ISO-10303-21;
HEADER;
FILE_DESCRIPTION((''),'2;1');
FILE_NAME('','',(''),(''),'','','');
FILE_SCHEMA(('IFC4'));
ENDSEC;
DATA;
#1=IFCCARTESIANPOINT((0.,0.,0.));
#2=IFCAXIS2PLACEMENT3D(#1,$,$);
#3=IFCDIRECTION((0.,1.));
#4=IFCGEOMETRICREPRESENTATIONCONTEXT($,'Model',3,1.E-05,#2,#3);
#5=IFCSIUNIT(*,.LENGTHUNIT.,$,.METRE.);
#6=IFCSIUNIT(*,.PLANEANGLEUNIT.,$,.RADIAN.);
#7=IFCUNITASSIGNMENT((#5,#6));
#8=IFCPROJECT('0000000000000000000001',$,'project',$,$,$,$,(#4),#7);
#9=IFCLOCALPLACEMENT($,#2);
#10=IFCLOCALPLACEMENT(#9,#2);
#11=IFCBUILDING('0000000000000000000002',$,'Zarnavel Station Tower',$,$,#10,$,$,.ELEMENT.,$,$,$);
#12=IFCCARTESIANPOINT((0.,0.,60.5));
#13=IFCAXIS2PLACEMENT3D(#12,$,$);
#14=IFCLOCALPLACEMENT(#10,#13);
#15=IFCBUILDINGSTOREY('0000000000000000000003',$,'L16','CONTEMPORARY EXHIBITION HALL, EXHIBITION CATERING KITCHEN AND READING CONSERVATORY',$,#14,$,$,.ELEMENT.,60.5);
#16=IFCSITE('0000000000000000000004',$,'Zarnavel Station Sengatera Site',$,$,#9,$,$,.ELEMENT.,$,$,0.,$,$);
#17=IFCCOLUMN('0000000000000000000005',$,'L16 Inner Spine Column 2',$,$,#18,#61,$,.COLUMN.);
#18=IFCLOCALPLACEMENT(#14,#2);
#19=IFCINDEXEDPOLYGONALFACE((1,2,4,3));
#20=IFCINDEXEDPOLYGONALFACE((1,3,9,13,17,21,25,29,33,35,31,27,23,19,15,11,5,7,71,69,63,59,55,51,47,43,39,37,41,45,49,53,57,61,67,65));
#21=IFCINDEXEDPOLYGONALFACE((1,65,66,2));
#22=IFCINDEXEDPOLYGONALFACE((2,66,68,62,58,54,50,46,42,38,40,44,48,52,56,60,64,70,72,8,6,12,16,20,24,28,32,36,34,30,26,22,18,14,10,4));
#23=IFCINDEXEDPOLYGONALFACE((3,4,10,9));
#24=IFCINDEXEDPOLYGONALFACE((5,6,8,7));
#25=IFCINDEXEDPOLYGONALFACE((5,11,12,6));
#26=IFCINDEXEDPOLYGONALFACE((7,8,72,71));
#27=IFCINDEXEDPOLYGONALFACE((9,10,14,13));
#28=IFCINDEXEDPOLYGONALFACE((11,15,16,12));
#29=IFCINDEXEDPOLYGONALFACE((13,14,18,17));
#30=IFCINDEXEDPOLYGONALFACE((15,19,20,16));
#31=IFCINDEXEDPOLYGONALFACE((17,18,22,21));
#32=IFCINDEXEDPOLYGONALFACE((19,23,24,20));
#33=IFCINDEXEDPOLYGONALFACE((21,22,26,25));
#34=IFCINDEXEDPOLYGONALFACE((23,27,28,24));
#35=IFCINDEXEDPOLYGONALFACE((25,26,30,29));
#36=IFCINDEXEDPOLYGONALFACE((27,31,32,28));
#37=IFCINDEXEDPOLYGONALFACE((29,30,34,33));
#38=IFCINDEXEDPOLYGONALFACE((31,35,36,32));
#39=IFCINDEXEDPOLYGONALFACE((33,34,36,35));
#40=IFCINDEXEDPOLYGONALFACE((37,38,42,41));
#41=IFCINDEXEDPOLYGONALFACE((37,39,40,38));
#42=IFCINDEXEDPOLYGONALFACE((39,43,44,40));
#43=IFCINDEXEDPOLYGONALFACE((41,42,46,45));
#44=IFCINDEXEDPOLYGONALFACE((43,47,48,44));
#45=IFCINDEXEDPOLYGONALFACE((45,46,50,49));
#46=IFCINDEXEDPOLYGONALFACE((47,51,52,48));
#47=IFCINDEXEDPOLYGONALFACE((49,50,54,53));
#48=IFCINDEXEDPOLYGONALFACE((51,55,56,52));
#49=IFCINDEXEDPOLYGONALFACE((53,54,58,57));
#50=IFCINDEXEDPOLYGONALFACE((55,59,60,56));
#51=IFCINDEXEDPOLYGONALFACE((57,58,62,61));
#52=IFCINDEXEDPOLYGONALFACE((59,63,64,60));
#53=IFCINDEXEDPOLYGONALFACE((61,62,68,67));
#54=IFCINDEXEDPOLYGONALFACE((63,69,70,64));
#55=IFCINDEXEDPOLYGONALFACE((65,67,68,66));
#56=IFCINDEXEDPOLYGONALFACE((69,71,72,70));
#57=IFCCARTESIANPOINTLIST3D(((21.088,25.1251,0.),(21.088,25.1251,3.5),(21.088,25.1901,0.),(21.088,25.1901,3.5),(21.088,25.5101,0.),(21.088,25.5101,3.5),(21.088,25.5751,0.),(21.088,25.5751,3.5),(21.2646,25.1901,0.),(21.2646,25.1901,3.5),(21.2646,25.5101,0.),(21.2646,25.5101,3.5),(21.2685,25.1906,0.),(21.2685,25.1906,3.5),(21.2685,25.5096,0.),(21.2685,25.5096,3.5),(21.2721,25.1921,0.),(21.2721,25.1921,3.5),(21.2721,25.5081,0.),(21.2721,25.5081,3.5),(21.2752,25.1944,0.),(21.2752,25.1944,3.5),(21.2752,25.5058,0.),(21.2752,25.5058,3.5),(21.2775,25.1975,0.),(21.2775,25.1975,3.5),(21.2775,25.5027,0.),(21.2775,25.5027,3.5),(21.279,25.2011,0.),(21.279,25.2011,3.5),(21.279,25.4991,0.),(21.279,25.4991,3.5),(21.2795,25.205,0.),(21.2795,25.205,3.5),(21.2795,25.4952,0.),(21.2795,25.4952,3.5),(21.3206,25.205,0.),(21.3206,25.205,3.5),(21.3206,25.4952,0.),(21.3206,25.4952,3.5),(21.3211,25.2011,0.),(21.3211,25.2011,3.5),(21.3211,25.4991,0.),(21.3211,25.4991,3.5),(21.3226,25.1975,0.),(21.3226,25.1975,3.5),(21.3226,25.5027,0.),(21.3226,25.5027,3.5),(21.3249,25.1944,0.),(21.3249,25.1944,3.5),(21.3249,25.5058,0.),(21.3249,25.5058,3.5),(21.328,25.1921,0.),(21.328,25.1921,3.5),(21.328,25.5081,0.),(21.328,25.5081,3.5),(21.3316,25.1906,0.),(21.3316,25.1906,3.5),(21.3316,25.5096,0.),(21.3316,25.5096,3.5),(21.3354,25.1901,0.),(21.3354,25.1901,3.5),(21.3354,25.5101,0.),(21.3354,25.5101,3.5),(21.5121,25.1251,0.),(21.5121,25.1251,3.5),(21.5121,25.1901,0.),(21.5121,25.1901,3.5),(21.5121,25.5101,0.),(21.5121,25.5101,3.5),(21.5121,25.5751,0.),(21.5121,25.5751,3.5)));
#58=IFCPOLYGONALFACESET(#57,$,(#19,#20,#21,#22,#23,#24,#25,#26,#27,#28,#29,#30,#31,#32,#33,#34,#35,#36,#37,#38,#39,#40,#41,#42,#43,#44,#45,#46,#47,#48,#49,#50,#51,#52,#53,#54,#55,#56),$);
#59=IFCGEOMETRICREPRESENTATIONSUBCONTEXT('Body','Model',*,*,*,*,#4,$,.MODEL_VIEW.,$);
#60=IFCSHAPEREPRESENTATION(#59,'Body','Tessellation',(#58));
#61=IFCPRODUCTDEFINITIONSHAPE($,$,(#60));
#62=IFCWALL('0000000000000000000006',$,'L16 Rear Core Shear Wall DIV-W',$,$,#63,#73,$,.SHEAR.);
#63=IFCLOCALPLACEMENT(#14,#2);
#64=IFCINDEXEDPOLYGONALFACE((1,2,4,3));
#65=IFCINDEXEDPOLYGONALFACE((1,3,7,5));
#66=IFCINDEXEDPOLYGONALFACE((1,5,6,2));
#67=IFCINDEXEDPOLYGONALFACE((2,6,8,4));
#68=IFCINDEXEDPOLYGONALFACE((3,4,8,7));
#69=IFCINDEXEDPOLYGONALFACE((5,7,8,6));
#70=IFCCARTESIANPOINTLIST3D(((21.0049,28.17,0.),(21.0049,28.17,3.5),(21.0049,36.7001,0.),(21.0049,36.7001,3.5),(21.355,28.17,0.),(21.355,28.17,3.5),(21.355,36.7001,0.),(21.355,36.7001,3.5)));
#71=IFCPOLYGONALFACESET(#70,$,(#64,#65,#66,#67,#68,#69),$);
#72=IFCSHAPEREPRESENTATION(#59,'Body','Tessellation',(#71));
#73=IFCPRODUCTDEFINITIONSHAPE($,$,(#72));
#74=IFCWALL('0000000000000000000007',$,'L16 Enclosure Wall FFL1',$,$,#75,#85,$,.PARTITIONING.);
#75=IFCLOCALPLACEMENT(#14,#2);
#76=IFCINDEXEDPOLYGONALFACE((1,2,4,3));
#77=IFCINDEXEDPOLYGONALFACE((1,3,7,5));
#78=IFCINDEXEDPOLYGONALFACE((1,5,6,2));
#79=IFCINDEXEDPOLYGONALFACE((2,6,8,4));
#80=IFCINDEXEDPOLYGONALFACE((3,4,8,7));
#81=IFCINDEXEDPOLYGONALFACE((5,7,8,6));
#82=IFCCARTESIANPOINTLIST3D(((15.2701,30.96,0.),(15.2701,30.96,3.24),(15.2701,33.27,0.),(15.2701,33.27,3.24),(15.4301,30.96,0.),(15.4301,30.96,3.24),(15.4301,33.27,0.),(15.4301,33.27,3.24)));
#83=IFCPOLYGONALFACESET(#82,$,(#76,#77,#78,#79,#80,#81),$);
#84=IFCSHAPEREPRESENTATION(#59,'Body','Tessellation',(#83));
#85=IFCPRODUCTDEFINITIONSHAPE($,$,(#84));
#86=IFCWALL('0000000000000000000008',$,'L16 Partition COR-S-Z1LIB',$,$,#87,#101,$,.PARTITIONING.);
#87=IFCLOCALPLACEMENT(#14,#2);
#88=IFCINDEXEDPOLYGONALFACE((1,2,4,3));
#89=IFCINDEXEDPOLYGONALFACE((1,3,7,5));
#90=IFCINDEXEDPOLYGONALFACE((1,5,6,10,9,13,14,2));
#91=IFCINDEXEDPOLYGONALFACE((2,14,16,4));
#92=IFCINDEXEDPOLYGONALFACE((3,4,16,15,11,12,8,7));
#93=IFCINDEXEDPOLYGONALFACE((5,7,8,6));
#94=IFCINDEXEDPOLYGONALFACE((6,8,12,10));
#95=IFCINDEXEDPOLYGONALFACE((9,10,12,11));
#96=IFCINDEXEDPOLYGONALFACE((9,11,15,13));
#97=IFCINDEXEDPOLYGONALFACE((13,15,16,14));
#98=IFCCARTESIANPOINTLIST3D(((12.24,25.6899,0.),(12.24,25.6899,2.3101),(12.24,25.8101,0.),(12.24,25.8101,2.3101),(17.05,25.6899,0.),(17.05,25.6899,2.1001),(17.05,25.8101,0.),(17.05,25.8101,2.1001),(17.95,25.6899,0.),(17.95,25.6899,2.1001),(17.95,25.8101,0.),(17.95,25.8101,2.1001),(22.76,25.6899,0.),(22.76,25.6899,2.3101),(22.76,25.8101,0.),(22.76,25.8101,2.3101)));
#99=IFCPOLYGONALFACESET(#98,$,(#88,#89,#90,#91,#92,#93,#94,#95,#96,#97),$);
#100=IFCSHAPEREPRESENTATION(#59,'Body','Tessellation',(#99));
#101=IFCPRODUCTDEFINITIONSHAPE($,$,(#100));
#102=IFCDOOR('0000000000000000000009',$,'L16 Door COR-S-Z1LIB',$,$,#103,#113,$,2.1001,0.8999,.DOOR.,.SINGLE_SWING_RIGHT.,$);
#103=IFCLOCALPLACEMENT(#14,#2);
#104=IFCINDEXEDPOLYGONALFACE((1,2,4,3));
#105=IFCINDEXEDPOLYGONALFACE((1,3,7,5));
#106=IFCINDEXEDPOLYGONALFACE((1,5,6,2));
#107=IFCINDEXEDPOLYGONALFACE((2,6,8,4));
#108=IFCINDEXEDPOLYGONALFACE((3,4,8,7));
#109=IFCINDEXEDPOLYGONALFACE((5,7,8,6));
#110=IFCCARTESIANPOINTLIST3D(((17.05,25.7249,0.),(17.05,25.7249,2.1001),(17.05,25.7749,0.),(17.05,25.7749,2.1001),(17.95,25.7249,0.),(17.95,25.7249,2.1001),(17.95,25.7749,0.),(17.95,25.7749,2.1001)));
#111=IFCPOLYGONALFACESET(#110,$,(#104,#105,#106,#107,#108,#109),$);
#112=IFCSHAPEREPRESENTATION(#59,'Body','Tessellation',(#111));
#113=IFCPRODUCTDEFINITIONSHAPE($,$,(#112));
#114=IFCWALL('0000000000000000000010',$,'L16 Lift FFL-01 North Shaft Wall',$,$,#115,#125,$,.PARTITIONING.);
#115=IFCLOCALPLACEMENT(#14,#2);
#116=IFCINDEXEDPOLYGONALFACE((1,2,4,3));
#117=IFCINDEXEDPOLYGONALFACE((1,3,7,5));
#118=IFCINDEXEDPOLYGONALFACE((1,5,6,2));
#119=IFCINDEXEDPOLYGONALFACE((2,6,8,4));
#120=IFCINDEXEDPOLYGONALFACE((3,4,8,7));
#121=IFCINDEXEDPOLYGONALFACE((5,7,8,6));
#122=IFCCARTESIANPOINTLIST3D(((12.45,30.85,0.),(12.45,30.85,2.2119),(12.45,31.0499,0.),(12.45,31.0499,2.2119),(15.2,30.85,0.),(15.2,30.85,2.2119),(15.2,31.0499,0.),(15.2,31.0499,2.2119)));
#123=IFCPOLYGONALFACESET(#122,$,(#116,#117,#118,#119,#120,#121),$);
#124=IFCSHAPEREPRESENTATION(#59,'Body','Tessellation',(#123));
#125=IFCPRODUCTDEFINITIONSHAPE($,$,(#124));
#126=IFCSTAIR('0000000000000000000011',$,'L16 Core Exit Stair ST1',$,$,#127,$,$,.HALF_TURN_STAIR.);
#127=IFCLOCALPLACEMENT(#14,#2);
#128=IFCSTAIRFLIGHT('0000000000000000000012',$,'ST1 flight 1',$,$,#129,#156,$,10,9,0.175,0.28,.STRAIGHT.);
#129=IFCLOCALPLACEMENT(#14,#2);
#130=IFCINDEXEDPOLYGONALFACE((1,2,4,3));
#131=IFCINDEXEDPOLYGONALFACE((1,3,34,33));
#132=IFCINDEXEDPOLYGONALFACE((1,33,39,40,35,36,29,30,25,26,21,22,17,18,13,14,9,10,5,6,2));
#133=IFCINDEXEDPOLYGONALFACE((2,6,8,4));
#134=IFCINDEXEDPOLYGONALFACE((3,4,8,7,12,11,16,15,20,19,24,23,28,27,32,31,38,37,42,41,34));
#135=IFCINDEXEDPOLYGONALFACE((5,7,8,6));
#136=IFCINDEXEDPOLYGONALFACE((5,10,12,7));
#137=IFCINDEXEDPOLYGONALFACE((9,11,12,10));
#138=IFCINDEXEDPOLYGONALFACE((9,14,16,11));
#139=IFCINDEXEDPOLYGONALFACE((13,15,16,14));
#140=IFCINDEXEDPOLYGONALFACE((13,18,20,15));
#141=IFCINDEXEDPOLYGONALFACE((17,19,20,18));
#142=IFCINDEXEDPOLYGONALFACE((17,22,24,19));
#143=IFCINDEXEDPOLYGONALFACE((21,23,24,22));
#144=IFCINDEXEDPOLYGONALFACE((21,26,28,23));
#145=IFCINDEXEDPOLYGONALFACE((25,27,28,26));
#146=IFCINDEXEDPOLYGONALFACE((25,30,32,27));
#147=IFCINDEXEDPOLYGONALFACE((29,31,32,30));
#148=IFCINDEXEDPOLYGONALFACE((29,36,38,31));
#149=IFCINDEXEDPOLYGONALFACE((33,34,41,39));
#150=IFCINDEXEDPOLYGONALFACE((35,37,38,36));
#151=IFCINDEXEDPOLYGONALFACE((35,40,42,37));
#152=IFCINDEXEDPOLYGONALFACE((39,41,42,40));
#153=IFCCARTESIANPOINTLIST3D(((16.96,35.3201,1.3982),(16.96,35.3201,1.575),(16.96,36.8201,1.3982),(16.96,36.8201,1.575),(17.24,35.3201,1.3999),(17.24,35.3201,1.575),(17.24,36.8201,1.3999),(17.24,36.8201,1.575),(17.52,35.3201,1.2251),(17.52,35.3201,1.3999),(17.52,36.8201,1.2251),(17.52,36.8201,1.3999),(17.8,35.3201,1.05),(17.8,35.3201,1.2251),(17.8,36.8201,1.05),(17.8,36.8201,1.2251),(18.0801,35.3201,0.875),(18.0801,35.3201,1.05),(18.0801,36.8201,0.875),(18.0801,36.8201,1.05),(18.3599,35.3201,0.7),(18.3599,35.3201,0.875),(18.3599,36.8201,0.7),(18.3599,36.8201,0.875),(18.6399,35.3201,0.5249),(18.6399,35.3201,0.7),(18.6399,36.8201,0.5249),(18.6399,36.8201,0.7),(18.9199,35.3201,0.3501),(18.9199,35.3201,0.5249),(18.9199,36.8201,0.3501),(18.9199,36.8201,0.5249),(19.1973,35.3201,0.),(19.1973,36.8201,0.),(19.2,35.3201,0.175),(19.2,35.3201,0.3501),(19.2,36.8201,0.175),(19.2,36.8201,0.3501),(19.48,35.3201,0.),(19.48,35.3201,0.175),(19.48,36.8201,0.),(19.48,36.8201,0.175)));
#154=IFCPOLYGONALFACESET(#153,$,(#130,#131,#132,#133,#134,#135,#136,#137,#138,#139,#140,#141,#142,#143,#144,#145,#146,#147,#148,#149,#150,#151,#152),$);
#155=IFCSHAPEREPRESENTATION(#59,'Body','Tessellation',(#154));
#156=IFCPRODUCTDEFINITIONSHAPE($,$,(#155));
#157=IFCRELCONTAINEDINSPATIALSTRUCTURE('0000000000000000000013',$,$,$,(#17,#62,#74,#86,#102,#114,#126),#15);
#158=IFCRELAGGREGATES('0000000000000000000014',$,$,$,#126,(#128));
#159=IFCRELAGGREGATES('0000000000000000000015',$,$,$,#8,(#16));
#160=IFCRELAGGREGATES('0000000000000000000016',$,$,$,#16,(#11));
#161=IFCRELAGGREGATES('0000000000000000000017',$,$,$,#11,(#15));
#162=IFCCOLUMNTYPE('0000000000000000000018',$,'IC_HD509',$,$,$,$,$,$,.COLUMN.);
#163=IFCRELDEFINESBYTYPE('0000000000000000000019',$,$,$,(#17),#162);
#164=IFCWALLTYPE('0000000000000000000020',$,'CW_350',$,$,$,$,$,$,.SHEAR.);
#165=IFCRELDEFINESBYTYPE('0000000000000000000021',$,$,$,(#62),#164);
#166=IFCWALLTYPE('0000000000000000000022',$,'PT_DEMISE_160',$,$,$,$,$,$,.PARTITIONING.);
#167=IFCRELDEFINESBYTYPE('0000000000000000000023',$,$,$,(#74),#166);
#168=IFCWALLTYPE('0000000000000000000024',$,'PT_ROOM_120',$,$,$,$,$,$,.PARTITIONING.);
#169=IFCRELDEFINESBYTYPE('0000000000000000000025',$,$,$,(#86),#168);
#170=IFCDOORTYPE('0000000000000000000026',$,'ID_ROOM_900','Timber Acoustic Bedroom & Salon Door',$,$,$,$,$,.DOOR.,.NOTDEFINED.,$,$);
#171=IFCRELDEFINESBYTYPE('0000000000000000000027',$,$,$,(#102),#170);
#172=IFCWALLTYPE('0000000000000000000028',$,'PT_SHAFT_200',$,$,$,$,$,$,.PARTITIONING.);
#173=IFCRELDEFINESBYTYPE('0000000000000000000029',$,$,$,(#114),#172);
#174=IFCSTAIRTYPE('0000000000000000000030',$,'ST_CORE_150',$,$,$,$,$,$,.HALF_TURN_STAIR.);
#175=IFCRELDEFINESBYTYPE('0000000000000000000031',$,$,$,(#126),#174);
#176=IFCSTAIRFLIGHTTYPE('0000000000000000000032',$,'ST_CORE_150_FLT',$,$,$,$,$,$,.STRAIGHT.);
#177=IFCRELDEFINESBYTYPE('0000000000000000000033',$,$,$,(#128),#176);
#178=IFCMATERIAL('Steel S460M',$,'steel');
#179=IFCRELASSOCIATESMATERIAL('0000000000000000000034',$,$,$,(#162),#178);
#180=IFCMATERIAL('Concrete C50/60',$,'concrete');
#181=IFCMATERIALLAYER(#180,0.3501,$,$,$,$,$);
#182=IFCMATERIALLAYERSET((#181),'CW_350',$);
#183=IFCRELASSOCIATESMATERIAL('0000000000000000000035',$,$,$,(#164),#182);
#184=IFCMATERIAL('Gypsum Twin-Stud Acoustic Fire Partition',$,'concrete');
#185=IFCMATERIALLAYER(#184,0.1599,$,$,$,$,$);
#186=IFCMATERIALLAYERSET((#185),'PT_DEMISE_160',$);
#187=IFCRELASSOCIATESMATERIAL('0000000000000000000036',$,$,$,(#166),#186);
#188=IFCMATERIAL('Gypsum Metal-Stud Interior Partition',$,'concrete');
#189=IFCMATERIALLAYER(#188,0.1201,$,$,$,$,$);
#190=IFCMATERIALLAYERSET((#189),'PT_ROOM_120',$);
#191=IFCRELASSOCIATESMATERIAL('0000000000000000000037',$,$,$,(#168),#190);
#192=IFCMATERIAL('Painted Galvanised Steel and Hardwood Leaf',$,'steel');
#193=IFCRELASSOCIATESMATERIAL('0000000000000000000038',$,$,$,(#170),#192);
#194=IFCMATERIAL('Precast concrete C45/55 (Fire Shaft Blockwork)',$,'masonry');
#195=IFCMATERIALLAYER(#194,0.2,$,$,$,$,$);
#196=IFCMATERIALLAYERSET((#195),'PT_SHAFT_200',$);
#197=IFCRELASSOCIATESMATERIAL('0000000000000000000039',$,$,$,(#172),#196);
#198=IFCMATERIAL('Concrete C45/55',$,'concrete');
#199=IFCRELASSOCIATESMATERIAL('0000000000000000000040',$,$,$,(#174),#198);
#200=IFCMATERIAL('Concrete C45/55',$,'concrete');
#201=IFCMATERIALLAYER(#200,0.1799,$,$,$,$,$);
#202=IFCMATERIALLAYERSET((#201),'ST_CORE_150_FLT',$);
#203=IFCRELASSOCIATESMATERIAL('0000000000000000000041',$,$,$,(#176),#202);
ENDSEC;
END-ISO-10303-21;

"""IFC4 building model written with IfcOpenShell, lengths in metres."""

from ifc_helpers import new_model, si_unit, direction, frame, frame_2d, origin, origin_2d, place, context, subcontext, project, spatial, polyline, rectangle, i_section, outline, extrude, material, layer, layer_set, material_profile, profile_set, type_object, element, fill, aggregate, save


model = new_model("IFC4")

# Units and contexts
model_context = context("Model", 3, precision=1e-05, world=origin(), true_north=direction((0.0, 1.0)))
body_context = subcontext(model_context, "Body", "Model", "MODEL_VIEW")
ifc_project = project(units=[si_unit("LENGTHUNIT", "METRE"), si_unit("PLANEANGLEUNIT", "RADIAN")], contexts=[model_context])

# Site, building, storey
site_placement = place(None, origin())
site = spatial("IfcSite", under=ifc_project, at=site_placement, Name="Zarnavel Station Sengatera Site", CompositionType="ELEMENT", RefElevation=0.0)
building_placement = place(site_placement, origin())
building = spatial("IfcBuilding", under=site, at=building_placement, Name="Zarnavel Station Tower", CompositionType="ELEMENT")
storey_placement = place(building_placement, frame((0.0, 0.0, 60.5)))
storey = spatial("IfcBuildingStorey", under=building, at=storey_placement, Name="L16", Description="CONTEMPORARY EXHIBITION HALL, EXHIBITION CATERING KITCHEN AND READING CONSERVATORY", CompositionType="ELEMENT", Elevation=60.5)

# Column
ifc_material_1 = material(Name="Steel S460M", Category="steel")
ifc_material_profile = material_profile(ifc_material_1, i_section(OverallWidth=0.4241, OverallDepth=0.45, WebThickness=0.041, FlangeThickness=0.0649, FilletRadius=0.0149, at=origin_2d()), Name="HD400x509")
ifc_profile_set = profile_set([ifc_material_profile], Name="Steel S460M")
column_type = type_object("IfcColumnType", Name="IC_HD509", PredefinedType="COLUMN", material=ifc_profile_set)
column_placement = place(storey_placement, frame((21.3, 25.3501, 0.0), z_axis=(0.0, 0.0, 1.0), x_axis=(1.0, 0.0, 0.0)))
element("IfcColumn", 1, at=column_placement, inside=storey, type_object=column_type, Name="L16 Inner Spine Column 2", PredefinedType="COLUMN", context=body_context, shape_type="SweptSolid", body=[
    extrude(i_section(OverallWidth=0.4241, OverallDepth=0.45, WebThickness=0.041, FlangeThickness=0.0649, FilletRadius=0.0149, at=origin_2d()), origin(), (0.0, 0.0, 1.0), 3.5),
])

# Wall
ifc_material_2 = material(Name="Concrete C50/60", Category="concrete")
ifc_layer_1 = layer(ifc_material_2, 0.3501)
ifc_layer_set_1 = layer_set([ifc_layer_1], Name="CW_350")
wall_type_1 = type_object("IfcWallType", Name="CW_350", PredefinedType="SHEAR", material=ifc_layer_set_1)
wall_1_placement = place(storey_placement, frame((21.1799, 28.1699, 0.0), z_axis=(0.0, 0.0, 1.0), x_axis=(0.0, 1.0, 0.0)))
element("IfcWall", 2, at=wall_1_placement, inside=storey, type_object=wall_type_1, Name="L16 Rear Core Shear Wall DIV-W", PredefinedType="SHEAR", context=body_context, shape_type="SweptSolid", body=[
    extrude(rectangle(XDim=8.53, YDim=0.3501, at=frame_2d((4.2651, 0.0))), origin(), (0.0, 0.0, 1.0), 3.5),
])

# Wall
ifc_material_3 = material(Name="Gypsum Twin-Stud Acoustic Fire Partition", Category="concrete")
ifc_layer_2 = layer(ifc_material_3, 0.1599)
ifc_layer_set_2 = layer_set([ifc_layer_2], Name="PT_DEMISE_160")
wall_type_2 = type_object("IfcWallType", Name="PT_DEMISE_160", PredefinedType="PARTITIONING", material=ifc_layer_set_2)
wall_2_placement = place(storey_placement, frame((15.3501, 30.96, 0.0), z_axis=(0.0, 0.0, 1.0), x_axis=(0.0, 1.0, 0.0)))
element("IfcWall", 3, at=wall_2_placement, inside=storey, type_object=wall_type_2, Name="L16 Enclosure Wall FFL1", PredefinedType="PARTITIONING", context=body_context, shape_type="SweptSolid", body=[
    extrude(rectangle(XDim=2.3101, YDim=0.1599, at=frame_2d((1.155, 0.0))), origin(), (0.0, 0.0, 1.0), 3.24),
])

# Wall, opening, door
ifc_material_4 = material(Name="Gypsum Metal-Stud Interior Partition", Category="concrete")
ifc_layer_3 = layer(ifc_material_4, 0.1201)
ifc_layer_set_3 = layer_set([ifc_layer_3], Name="PT_ROOM_120")
wall_type_3 = type_object("IfcWallType", Name="PT_ROOM_120", PredefinedType="PARTITIONING", material=ifc_layer_set_3)
wall_3_placement = place(storey_placement, frame((12.24, 25.75, 0.0), z_axis=(0.0, 0.0, 1.0), x_axis=(1.0, 0.0, 0.0)))
wall_3 = element("IfcWall", 4, at=wall_3_placement, inside=storey, type_object=wall_type_3, Name="L16 Partition COR-S-Z1LIB", PredefinedType="PARTITIONING", context=body_context, shape_type="SweptSolid", body=[
    extrude(rectangle(XDim=10.52, YDim=0.1201, at=frame_2d((5.26, 0.0))), origin(), (0.0, 0.0, 1.0), 2.3101),
])
opening_1_placement = place(wall_3_placement, frame((4.8101, 0.0, 0.0)))
opening_1 = element("IfcOpeningElement", 5, at=opening_1_placement, cuts=wall_3, PredefinedType="OPENING", context=body_context, shape_type="SweptSolid", body=[
    extrude(rectangle(XDim=0.8999, YDim=2.1001, at=frame_2d((0.45, 1.05))), frame((0.0, 0.0701, 0.0), z_axis=(0.0, -1.0, 0.0), x_axis=(1.0, 0.0, 0.0)), (0.0, 0.0, 1.0), 0.1401),
])
ifc_material_5 = material(Name="Painted Galvanised Steel and Hardwood Leaf", Category="steel")
door_type_1 = type_object("IfcDoorType", Name="ID_ROOM_900", Description="Timber Acoustic Bedroom & Salon Door", OperationType="NOTDEFINED", PredefinedType="DOOR", material=ifc_material_5)
door_1_placement = place(opening_1_placement, origin())
door_1 = element("IfcDoor", 6, at=door_1_placement, inside=storey, type_object=door_type_1, Name="L16 Door COR-S-Z1LIB", OperationType="SINGLE_SWING_RIGHT", OverallHeight=2.1001, OverallWidth=0.8999, PredefinedType="DOOR", context=body_context, shape_type="SweptSolid", body=[
    extrude(rectangle(XDim=0.8999, YDim=2.1001, at=frame_2d((0.45, 1.05))), frame((0.0, 0.0249, 0.0), z_axis=(0.0, -1.0, 0.0), x_axis=(1.0, 0.0, 0.0)), (0.0, 0.0, 1.0), 0.05),
])
fill(opening_1, door_1)
ifc_material_6 = material(Name="Precast concrete C45/55 (Fire Shaft Blockwork)", Category="masonry")
ifc_layer_4 = layer(ifc_material_6, 0.2)
ifc_layer_set_4 = layer_set([ifc_layer_4], Name="PT_SHAFT_200")
wall_type_4 = type_object("IfcWallType", Name="PT_SHAFT_200", PredefinedType="PARTITIONING", material=ifc_layer_set_4)

# Wall
wall_4_placement = place(storey_placement, frame((12.45, 30.95, 0.0), z_axis=(0.0, 0.0, 1.0), x_axis=(1.0, 0.0, 0.0)))
element("IfcWall", 7, at=wall_4_placement, inside=storey, type_object=wall_type_4, Name="L16 Lift FFL-01 North Shaft Wall", PredefinedType="PARTITIONING", context=body_context, shape_type="SweptSolid", body=[
    extrude(rectangle(XDim=2.75, YDim=0.2, at=frame_2d((1.375, 0.0))), origin(), (0.0, 0.0, 1.0), 2.2119),
])

# Stair, stair flight
ifc_material_7 = material(Name="Concrete C45/55", Category="concrete")
stair_type = type_object("IfcStairType", Name="ST_CORE_150", PredefinedType="HALF_TURN_STAIR", material=ifc_material_7)
stair_placement = place(storey_placement, origin())
stair = element("IfcStair", 8, at=stair_placement, inside=storey, type_object=stair_type, Name="L16 Core Exit Stair ST1", PredefinedType="HALF_TURN_STAIR")
ifc_material_8 = material(Name="Concrete C45/55", Category="concrete")
ifc_layer_5 = layer(ifc_material_8, 0.1799)
ifc_layer_set_5 = layer_set([ifc_layer_5], Name="ST_CORE_150_FLT")
stair_flight_type = type_object("IfcStairFlightType", Name="ST_CORE_150_FLT", PredefinedType="STRAIGHT", material=ifc_layer_set_5)
stair_flight_1_placement = place(storey_placement, frame((19.48, 36.0701, 0.0), z_axis=(0.0, 0.0, 1.0), x_axis=(-1.0, 0.0, 0.0)))
stair_flight_1 = element("IfcStairFlight", 9, at=stair_flight_1_placement, type_object=stair_flight_type, Name="ST1 flight 1", NumberOfRisers=10, NumberOfTreads=9, PredefinedType="STRAIGHT", RiserHeight=0.175, TreadLength=0.28, context=body_context, shape_type="SweptSolid", body=[
    extrude(outline(polyline([(0.0, 0.0), (0.0, 0.175), (0.28, 0.175), (0.28, 0.3501), (0.5601, 0.3501), (0.5601, 0.5249), (0.8401, 0.5249), (0.8401, 0.7), (1.1201, 0.7), (1.1201, 0.875), (1.3999, 0.875), (1.3999, 1.05), (1.6799, 1.05), (1.6799, 1.2251), (1.96, 1.2251), (1.96, 1.3999), (2.24, 1.3999), (2.24, 1.575), (2.52, 1.575), (2.52, 1.75), (2.52, 1.3982), (0.2827, 0.0), (0.0, 0.0)])), frame((0.0, 0.75, 0.0), z_axis=(0.0, -1.0, 0.0), x_axis=(1.0, 0.0, 0.0)), (0.0, 0.0, 1.0), 1.5),
])
aggregate(stair, [stair_flight_1])

save(model, "model.ifc")
